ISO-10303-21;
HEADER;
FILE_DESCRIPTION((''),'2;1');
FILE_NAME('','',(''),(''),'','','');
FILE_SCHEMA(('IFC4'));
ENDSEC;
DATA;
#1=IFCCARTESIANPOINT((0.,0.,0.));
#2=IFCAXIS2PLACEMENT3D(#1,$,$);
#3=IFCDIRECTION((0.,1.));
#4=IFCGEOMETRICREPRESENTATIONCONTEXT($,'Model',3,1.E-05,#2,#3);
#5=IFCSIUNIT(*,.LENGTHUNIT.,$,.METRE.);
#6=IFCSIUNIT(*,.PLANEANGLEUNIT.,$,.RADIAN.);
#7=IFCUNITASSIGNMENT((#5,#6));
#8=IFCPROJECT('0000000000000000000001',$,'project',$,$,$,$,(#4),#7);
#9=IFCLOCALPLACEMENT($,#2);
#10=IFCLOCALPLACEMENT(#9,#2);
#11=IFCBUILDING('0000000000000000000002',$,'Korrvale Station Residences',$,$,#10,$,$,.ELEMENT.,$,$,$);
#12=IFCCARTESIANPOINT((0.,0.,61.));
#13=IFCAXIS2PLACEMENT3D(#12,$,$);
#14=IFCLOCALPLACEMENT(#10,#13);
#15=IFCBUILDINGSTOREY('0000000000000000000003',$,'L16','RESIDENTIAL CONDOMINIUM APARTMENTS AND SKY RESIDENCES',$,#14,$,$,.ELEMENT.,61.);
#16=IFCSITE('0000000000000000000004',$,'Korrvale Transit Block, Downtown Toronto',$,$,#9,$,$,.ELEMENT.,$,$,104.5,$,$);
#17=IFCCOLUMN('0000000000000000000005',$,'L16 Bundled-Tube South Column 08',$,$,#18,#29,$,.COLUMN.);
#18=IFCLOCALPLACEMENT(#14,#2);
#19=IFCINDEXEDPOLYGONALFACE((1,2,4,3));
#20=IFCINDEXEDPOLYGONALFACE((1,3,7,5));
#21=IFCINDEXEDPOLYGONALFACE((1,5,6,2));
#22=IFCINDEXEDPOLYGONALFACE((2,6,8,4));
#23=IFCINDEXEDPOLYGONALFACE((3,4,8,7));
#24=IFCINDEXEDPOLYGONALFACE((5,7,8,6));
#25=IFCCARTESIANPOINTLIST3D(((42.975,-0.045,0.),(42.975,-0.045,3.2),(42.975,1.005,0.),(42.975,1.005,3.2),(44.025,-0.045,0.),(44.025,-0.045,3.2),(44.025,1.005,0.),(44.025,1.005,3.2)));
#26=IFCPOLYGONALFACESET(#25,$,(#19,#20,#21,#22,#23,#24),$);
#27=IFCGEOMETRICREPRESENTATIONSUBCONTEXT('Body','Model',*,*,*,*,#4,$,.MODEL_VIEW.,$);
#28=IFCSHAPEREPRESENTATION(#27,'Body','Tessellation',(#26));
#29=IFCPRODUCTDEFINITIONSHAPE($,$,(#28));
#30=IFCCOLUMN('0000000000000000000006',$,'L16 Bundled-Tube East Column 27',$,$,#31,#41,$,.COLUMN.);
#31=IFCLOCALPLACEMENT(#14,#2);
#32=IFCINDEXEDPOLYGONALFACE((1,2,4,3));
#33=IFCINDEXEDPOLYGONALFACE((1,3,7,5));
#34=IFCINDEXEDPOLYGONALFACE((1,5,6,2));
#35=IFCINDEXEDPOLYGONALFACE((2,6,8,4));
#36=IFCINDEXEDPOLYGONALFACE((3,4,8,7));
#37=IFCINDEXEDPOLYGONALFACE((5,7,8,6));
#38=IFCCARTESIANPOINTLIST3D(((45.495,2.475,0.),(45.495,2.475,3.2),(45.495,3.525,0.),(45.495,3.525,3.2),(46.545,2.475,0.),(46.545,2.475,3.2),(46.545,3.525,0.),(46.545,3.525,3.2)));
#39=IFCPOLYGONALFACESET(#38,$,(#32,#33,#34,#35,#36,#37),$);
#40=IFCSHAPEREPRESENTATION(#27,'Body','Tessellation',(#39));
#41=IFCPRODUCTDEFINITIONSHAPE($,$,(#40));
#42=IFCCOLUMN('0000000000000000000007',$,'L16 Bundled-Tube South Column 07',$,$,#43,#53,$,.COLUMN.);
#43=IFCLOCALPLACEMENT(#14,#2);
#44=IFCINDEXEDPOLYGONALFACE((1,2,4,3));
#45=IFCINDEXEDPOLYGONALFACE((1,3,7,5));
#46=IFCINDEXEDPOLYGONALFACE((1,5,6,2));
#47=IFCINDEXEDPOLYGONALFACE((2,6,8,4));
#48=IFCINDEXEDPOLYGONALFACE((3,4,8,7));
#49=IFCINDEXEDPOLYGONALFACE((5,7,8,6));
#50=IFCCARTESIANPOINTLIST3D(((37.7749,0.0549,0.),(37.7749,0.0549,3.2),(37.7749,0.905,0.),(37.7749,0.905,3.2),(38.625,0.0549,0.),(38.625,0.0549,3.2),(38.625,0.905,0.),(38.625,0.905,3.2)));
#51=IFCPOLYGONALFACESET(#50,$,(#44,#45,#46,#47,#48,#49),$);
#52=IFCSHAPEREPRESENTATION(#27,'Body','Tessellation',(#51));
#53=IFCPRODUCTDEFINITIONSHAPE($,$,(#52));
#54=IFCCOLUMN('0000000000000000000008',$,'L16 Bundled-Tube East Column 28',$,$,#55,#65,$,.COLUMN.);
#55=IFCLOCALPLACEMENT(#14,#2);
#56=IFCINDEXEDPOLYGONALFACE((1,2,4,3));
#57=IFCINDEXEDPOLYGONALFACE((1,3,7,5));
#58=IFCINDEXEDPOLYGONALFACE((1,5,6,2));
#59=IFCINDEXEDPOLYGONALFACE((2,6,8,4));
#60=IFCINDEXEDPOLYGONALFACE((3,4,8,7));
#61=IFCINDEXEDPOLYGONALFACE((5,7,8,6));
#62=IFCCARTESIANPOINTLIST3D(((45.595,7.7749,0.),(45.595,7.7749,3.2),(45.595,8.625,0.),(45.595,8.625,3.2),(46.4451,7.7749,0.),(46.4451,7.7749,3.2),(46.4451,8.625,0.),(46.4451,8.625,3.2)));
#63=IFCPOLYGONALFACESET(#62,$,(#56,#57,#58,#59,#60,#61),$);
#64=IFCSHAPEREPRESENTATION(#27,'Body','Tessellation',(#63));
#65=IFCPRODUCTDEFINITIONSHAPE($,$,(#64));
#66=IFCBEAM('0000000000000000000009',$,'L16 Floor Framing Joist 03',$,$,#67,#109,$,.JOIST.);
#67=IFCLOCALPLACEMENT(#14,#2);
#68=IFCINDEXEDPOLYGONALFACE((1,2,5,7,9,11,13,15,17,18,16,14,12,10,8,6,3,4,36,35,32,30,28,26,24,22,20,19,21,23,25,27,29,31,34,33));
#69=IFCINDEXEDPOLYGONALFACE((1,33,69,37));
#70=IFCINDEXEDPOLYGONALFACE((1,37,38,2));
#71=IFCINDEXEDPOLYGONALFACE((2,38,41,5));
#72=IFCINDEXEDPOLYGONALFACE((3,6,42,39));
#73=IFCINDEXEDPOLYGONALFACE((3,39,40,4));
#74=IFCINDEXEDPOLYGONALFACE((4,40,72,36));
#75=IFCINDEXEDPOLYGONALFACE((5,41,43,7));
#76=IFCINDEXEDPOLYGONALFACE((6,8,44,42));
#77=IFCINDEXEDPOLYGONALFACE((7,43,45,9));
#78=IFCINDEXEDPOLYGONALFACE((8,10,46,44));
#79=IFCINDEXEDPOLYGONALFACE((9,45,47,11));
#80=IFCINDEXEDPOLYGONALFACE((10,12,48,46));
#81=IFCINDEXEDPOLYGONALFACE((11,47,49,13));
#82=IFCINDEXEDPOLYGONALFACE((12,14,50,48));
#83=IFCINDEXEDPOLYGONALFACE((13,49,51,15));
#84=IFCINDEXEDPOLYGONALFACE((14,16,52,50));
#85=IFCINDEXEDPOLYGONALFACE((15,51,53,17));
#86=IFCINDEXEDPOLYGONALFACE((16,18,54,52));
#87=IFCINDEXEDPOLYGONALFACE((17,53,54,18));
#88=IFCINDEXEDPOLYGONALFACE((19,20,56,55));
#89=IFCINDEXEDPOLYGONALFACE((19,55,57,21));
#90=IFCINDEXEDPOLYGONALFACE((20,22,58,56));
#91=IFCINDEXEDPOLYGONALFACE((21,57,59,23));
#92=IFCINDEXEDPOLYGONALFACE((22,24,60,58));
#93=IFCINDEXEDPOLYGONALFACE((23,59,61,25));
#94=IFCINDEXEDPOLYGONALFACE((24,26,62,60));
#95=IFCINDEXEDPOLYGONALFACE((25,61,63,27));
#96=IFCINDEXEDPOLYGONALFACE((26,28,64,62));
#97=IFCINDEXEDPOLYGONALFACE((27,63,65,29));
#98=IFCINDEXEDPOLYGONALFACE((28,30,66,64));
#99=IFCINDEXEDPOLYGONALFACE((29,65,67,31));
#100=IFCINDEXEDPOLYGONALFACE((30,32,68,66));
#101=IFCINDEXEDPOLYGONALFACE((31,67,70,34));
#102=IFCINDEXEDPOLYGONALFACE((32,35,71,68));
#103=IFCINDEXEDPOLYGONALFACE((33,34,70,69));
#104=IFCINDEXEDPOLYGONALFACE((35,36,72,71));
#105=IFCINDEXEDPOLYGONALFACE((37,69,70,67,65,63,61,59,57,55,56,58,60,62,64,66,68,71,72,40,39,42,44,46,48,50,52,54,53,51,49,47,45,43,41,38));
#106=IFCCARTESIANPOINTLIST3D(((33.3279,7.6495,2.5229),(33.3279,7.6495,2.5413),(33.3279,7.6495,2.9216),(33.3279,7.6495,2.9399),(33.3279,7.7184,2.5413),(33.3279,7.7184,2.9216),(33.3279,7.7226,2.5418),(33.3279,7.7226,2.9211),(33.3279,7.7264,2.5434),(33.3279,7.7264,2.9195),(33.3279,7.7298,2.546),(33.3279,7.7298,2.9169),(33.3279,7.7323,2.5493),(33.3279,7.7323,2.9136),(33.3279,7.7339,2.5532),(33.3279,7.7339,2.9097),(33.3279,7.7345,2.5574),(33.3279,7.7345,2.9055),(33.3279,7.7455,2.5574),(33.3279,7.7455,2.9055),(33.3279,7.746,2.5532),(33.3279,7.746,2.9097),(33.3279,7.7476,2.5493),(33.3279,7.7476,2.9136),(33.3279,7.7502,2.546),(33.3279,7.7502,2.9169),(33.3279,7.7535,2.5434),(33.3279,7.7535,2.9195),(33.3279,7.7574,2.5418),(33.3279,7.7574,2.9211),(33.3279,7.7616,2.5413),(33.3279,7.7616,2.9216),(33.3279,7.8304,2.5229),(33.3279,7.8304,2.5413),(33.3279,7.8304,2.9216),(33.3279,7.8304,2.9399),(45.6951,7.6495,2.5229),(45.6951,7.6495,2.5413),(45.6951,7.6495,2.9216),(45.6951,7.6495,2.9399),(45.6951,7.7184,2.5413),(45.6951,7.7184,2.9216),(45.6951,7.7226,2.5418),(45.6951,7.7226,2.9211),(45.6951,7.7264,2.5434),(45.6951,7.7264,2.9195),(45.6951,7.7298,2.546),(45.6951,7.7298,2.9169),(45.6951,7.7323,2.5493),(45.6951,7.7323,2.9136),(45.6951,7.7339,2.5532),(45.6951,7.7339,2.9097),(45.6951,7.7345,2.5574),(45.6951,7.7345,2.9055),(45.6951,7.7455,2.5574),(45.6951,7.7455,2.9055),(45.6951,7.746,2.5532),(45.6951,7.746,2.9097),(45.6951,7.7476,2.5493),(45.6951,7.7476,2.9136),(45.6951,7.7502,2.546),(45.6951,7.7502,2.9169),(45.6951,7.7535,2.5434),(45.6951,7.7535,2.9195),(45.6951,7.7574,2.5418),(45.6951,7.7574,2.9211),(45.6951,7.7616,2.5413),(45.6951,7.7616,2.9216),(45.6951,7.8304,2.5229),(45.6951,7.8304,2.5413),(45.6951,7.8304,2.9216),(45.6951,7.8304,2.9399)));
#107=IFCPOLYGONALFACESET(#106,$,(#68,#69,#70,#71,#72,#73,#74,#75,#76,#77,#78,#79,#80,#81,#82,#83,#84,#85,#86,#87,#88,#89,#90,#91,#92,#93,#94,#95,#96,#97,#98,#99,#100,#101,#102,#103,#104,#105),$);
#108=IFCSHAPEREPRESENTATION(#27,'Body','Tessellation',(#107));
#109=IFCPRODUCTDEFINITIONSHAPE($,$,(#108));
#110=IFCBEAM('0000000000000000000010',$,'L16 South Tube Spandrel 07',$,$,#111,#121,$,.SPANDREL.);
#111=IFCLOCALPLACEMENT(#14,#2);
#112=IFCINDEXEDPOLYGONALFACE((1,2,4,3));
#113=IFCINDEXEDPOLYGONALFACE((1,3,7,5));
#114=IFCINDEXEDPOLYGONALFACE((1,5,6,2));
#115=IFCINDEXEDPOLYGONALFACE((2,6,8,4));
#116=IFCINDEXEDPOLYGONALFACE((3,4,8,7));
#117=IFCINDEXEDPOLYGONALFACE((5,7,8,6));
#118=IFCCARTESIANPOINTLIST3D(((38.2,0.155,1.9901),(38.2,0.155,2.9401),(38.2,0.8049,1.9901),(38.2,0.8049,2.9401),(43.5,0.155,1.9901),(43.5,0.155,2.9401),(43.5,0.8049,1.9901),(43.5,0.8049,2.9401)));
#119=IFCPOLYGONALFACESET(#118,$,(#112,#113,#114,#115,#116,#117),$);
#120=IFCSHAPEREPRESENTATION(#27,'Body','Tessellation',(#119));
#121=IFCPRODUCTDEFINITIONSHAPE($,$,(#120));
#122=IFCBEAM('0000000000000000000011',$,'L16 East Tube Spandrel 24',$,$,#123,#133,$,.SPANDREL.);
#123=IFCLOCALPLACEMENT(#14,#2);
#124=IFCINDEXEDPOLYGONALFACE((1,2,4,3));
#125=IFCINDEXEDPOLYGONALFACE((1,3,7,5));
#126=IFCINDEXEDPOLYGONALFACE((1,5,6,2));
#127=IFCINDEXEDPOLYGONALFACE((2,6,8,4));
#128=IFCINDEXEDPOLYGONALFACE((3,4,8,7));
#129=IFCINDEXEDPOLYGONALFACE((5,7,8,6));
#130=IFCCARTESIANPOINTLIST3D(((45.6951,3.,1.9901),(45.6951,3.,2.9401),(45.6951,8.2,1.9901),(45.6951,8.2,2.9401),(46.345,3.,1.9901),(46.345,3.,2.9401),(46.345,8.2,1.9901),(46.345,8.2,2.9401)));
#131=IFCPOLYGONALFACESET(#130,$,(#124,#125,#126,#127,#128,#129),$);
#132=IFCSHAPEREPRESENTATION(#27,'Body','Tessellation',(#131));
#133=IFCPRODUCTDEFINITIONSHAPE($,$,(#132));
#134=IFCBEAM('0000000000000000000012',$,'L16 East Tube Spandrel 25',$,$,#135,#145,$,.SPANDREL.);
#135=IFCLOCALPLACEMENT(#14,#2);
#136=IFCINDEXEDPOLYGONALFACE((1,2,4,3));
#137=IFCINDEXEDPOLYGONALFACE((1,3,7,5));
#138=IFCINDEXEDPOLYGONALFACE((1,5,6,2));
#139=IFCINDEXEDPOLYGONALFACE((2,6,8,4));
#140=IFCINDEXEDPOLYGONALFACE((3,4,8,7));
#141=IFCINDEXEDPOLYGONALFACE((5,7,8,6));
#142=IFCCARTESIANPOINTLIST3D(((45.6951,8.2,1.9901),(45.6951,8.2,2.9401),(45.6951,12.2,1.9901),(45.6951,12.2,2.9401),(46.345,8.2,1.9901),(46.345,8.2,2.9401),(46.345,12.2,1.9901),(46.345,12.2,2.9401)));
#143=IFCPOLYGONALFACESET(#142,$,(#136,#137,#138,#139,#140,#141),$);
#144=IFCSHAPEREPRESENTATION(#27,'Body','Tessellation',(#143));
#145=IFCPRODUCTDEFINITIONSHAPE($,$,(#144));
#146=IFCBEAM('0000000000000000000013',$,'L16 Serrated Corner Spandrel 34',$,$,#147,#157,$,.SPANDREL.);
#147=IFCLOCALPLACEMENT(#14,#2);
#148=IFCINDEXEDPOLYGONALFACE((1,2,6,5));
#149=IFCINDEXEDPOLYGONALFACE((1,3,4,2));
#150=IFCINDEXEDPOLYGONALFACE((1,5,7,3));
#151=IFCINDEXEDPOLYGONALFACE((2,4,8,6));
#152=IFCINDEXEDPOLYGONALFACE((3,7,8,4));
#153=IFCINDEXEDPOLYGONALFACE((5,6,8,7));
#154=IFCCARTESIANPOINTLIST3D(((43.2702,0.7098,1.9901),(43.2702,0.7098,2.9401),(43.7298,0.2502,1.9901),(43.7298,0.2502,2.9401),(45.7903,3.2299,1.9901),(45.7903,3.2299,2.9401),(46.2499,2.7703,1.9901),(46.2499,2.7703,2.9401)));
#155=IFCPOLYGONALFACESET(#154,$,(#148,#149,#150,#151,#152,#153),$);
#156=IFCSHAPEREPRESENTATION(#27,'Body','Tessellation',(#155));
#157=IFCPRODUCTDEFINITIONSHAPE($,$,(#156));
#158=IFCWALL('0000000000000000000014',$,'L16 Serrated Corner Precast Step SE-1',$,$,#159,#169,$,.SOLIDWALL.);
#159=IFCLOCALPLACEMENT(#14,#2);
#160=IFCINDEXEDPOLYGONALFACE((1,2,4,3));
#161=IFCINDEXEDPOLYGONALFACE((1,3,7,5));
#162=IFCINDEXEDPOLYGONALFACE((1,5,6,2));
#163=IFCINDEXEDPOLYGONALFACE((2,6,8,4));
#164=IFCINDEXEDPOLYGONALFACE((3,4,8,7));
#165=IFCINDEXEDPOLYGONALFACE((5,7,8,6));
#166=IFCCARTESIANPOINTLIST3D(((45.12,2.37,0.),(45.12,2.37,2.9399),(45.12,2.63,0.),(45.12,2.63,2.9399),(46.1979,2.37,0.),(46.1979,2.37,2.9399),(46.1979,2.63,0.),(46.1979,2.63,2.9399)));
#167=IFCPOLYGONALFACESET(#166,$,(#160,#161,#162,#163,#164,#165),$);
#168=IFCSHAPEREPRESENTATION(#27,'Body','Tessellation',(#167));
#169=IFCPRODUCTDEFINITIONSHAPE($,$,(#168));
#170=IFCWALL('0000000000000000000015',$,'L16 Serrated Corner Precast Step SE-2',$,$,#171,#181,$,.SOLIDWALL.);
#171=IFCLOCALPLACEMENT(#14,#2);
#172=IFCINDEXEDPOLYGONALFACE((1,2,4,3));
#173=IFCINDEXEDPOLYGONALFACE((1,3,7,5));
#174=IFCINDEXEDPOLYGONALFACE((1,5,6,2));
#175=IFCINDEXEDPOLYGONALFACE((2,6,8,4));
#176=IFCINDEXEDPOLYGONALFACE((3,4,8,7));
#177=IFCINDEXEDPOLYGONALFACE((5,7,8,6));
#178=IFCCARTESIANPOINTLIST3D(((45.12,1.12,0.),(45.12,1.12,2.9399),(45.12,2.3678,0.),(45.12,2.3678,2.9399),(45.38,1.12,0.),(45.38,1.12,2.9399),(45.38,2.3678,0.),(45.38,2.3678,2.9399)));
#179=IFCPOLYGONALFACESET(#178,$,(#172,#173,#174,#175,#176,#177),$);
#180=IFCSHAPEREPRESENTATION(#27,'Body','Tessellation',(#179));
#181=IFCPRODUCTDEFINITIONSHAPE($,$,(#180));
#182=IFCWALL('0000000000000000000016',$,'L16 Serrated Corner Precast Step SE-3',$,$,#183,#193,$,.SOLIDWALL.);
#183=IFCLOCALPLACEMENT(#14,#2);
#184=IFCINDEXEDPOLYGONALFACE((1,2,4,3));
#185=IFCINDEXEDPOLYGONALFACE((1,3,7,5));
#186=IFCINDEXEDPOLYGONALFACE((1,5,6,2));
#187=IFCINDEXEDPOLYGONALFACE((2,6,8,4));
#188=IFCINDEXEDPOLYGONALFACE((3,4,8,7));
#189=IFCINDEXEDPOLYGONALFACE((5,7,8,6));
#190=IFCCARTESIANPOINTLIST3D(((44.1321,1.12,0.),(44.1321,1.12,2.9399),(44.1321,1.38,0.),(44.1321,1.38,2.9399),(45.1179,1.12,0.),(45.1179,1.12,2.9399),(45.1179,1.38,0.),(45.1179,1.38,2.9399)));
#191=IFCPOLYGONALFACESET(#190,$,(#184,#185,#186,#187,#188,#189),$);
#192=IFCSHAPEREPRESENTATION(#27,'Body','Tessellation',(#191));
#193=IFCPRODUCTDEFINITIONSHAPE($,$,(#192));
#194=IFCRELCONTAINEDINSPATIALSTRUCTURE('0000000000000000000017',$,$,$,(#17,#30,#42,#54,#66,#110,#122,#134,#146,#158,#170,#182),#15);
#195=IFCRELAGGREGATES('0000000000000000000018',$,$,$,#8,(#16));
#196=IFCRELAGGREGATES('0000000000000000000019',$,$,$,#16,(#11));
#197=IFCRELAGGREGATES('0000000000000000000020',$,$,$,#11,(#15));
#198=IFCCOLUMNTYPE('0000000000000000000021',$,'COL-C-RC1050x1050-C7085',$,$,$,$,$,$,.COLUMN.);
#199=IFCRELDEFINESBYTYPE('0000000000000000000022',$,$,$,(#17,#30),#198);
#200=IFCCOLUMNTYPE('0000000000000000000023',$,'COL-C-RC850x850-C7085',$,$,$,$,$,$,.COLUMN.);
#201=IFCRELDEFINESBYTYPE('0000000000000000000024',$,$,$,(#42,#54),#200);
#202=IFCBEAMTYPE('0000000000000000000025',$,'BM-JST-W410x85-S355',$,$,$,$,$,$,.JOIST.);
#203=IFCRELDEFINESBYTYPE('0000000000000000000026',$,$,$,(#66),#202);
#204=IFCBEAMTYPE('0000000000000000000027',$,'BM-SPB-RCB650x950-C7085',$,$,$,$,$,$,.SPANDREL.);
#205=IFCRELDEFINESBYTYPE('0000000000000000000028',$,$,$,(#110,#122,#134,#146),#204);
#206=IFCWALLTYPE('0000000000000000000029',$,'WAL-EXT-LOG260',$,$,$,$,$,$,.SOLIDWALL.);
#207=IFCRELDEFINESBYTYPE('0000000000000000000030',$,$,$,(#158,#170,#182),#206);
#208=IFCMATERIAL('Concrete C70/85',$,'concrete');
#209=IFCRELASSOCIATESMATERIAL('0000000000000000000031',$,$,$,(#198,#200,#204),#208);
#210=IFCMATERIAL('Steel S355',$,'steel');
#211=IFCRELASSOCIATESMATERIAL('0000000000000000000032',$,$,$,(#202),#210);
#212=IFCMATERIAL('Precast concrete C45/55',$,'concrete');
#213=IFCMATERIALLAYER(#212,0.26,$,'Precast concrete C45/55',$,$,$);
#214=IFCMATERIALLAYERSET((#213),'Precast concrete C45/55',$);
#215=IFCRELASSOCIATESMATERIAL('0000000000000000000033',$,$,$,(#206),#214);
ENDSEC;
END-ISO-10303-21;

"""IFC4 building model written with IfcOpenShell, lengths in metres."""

from ifc_helpers import new_model, si_unit, direction, frame, frame_2d, origin, origin_2d, place, context, subcontext, project, spatial, rectangle, i_section, extrude, material, layer, layer_set, material_profile, profile_set, type_object, element, save


model = new_model("IFC4")

# Units and contexts
model_context = context("Model", 3, precision=1e-05, world=origin(), true_north=direction((0.0, 1.0)))
body_context = subcontext(model_context, "Body", "Model", "MODEL_VIEW")
ifc_project = project(units=[si_unit("LENGTHUNIT", "METRE"), si_unit("PLANEANGLEUNIT", "RADIAN")], contexts=[model_context])

# Site, building, storey
site_placement = place(None, origin())
site = spatial("IfcSite", under=ifc_project, at=site_placement, Name="Korrvale Transit Block, Downtown Toronto", CompositionType="ELEMENT", RefElevation=104.5)
building_placement = place(site_placement, origin())
building = spatial("IfcBuilding", under=site, at=building_placement, Name="Korrvale Station Residences", CompositionType="ELEMENT")
storey_placement = place(building_placement, frame((0.0, 0.0, 61.0)))
storey = spatial("IfcBuildingStorey", under=building, at=storey_placement, Name="L16", Description="RESIDENTIAL CONDOMINIUM APARTMENTS AND SKY RESIDENCES", CompositionType="ELEMENT", Elevation=61.0)

# Columns
ifc_material_1 = material(Name="Concrete C70/85", Category="concrete")
ifc_material_profile_1 = material_profile(ifc_material_1, rectangle(XDim=1.05, YDim=1.05, at=origin_2d()), Name="RC1050x1050")
ifc_profile_set_1 = profile_set([ifc_material_profile_1], Name="Concrete C70/85")
column_type_1 = type_object("IfcColumnType", Name="COL-C-RC1050x1050-C7085", PredefinedType="COLUMN", material=ifc_profile_set_1)
for number, where, z_axis, x_axis, name in (
    (1, (43.5, 0.48, 0.0), (0.0, 0.0, 1.0), (1.0, 0.0, 0.0), "L16 Bundled-Tube South Column 08"),
    (2, (46.02, 3.0, 0.0), (0.0, 0.0, 1.0), (1.0, 0.0, 0.0), "L16 Bundled-Tube East Column 27"),
):
    element("IfcColumn", number, at=place(storey_placement, frame(where, z_axis=z_axis, x_axis=x_axis)), inside=storey, type_object=column_type_1, Name=name, PredefinedType="COLUMN", context=body_context, shape_type="SweptSolid", body=[
        extrude(rectangle(XDim=1.05, YDim=1.05, at=origin_2d()), origin(), (0.0, 0.0, 1.0), 3.2),
    ])
ifc_material_profile_2 = material_profile(ifc_material_1, rectangle(XDim=0.8501, YDim=0.8501, at=origin_2d()), Name="RC850x850")
ifc_profile_set_2 = profile_set([ifc_material_profile_2], Name="Concrete C70/85")
column_type_2 = type_object("IfcColumnType", Name="COL-C-RC850x850-C7085", PredefinedType="COLUMN", material=ifc_profile_set_2)
for number, where, z_axis, x_axis, name in (
    (3, (38.2, 0.48, 0.0), (0.0, 0.0, 1.0), (1.0, 0.0, 0.0), "L16 Bundled-Tube South Column 07"),
    (4, (46.02, 8.2, 0.0), (0.0, 0.0, 1.0), (1.0, 0.0, 0.0), "L16 Bundled-Tube East Column 28"),
):
    element("IfcColumn", number, at=place(storey_placement, frame(where, z_axis=z_axis, x_axis=x_axis)), inside=storey, type_object=column_type_2, Name=name, PredefinedType="COLUMN", context=body_context, shape_type="SweptSolid", body=[
        extrude(rectangle(XDim=0.8501, YDim=0.8501, at=origin_2d()), origin(), (0.0, 0.0, 1.0), 3.2),
    ])

# Beams
ifc_material_2 = material(Name="Steel S355", Category="steel")
ifc_material_profile_3 = material_profile(ifc_material_2, i_section(OverallWidth=0.1809, OverallDepth=0.417, WebThickness=0.011, FlangeThickness=0.0183, FilletRadius=0.0161, at=origin_2d()), Name="W410x85")
ifc_profile_set_3 = profile_set([ifc_material_profile_3], Name="Steel S355")
beam_type_1 = type_object("IfcBeamType", Name="BM-JST-W410x85-S355", PredefinedType="JOIST", material=ifc_profile_set_3)
beam_1_placement = place(storey_placement, frame((33.3279, 7.74, 2.7314), z_axis=(1.0, 0.0, 0.0), x_axis=(0.0, 1.0, 0.0)))
element("IfcBeam", 5, at=beam_1_placement, inside=storey, type_object=beam_type_1, Name="L16 Floor Framing Joist 03", PredefinedType="JOIST", context=body_context, shape_type="SweptSolid", body=[
    extrude(i_section(OverallWidth=0.1809, OverallDepth=0.417, WebThickness=0.011, FlangeThickness=0.0183, FilletRadius=0.0161, at=origin_2d()), origin(), (0.0, 0.0, 1.0), 12.3672),
])
ifc_material_profile_4 = material_profile(ifc_material_1, rectangle(XDim=0.6499, YDim=0.95, at=origin_2d()), Name="RCB650x950")
ifc_profile_set_4 = profile_set([ifc_material_profile_4], Name="Concrete C70/85")
beam_type_2 = type_object("IfcBeamType", Name="BM-SPB-RCB650x950-C7085", PredefinedType="SPANDREL", material=ifc_profile_set_4)
beam_2_placement = place(storey_placement, frame((38.2, 0.48, 2.4651), z_axis=(1.0, 0.0, 0.0), x_axis=(0.0, 1.0, 0.0)))
element("IfcBeam", 6, at=beam_2_placement, inside=storey, type_object=beam_type_2, Name="L16 South Tube Spandrel 07", PredefinedType="SPANDREL", context=body_context, shape_type="SweptSolid", body=[
    extrude(rectangle(XDim=0.6499, YDim=0.95, at=origin_2d()), origin(), (0.0, 0.0, 1.0), 5.3),
])
beam_3_placement = place(storey_placement, frame((46.02, 3.0, 2.4651), z_axis=(0.0, 1.0, 0.0), x_axis=(-1.0, 0.0, 0.0)))
element("IfcBeam", 7, at=beam_3_placement, inside=storey, type_object=beam_type_2, Name="L16 East Tube Spandrel 24", PredefinedType="SPANDREL", context=body_context, shape_type="SweptSolid", body=[
    extrude(rectangle(XDim=0.6499, YDim=0.95, at=origin_2d()), origin(), (0.0, 0.0, 1.0), 5.2),
])
beam_4_placement = place(storey_placement, frame((46.02, 8.2, 2.4651), z_axis=(0.0, 1.0, 0.0), x_axis=(-1.0, 0.0, 0.0)))
element("IfcBeam", 8, at=beam_4_placement, inside=storey, type_object=beam_type_2, Name="L16 East Tube Spandrel 25", PredefinedType="SPANDREL", context=body_context, shape_type="SweptSolid", body=[
    extrude(rectangle(XDim=0.6499, YDim=0.95, at=origin_2d()), origin(), (0.0, 0.0, 1.0), 4.0),
])
beam_5_placement = place(storey_placement, frame((43.5, 0.48, 2.4651), z_axis=(0.707107, 0.707107, 0.0), x_axis=(-0.707107, 0.707107, 0.0)))
element("IfcBeam", 9, at=beam_5_placement, inside=storey, type_object=beam_type_2, Name="L16 Serrated Corner Spandrel 34", PredefinedType="SPANDREL", context=body_context, shape_type="SweptSolid", body=[
    extrude(rectangle(XDim=0.6499, YDim=0.95, at=origin_2d()), origin(), (0.0, 0.0, 1.0), 3.564),
])

# Walls
ifc_material_3 = material(Name="Precast concrete C45/55", Category="concrete")
ifc_layer_1 = layer(ifc_material_3, 0.26, Name="Precast concrete C45/55")
ifc_layer_set_1 = layer_set([ifc_layer_1], Name="Precast concrete C45/55")
wall_type_1 = type_object("IfcWallType", Name="WAL-EXT-LOG260", PredefinedType="SOLIDWALL", material=ifc_layer_set_1)
wall_1_placement = place(storey_placement, frame((46.198, 2.5, 0.0), z_axis=(0.0, 0.0, 1.0), x_axis=(-1.0, 0.0, 0.0)))
element("IfcWall", 10, at=wall_1_placement, inside=storey, type_object=wall_type_1, Name="L16 Serrated Corner Precast Step SE-1", PredefinedType="SOLIDWALL", context=body_context, shape_type="SweptSolid", body=[
    extrude(rectangle(XDim=1.0779, YDim=0.26, at=frame_2d((0.5391, 0.0))), origin(), (0.0, 0.0, 1.0), 2.9399),
])
wall_2_placement = place(storey_placement, frame((45.25, 2.3679, 0.0), z_axis=(0.0, 0.0, 1.0), x_axis=(0.0, -1.0, 0.0)))
element("IfcWall", 11, at=wall_2_placement, inside=storey, type_object=wall_type_1, Name="L16 Serrated Corner Precast Step SE-2", PredefinedType="SOLIDWALL", context=body_context, shape_type="SweptSolid", body=[
    extrude(rectangle(XDim=1.2478, YDim=0.26, at=frame_2d((0.624, 0.0))), origin(), (0.0, 0.0, 1.0), 2.9399),
])
wall_3_placement = place(storey_placement, frame((45.1179, 1.25, 0.0), z_axis=(0.0, 0.0, 1.0), x_axis=(-1.0, 0.0, 0.0)))
element("IfcWall", 12, at=wall_3_placement, inside=storey, type_object=wall_type_1, Name="L16 Serrated Corner Precast Step SE-3", PredefinedType="SOLIDWALL", context=body_context, shape_type="SweptSolid", body=[
    extrude(rectangle(XDim=0.9858, YDim=0.26, at=frame_2d((0.4929, 0.0))), origin(), (0.0, 0.0, 1.0), 2.9399),
])

save(model, "model.ifc")
